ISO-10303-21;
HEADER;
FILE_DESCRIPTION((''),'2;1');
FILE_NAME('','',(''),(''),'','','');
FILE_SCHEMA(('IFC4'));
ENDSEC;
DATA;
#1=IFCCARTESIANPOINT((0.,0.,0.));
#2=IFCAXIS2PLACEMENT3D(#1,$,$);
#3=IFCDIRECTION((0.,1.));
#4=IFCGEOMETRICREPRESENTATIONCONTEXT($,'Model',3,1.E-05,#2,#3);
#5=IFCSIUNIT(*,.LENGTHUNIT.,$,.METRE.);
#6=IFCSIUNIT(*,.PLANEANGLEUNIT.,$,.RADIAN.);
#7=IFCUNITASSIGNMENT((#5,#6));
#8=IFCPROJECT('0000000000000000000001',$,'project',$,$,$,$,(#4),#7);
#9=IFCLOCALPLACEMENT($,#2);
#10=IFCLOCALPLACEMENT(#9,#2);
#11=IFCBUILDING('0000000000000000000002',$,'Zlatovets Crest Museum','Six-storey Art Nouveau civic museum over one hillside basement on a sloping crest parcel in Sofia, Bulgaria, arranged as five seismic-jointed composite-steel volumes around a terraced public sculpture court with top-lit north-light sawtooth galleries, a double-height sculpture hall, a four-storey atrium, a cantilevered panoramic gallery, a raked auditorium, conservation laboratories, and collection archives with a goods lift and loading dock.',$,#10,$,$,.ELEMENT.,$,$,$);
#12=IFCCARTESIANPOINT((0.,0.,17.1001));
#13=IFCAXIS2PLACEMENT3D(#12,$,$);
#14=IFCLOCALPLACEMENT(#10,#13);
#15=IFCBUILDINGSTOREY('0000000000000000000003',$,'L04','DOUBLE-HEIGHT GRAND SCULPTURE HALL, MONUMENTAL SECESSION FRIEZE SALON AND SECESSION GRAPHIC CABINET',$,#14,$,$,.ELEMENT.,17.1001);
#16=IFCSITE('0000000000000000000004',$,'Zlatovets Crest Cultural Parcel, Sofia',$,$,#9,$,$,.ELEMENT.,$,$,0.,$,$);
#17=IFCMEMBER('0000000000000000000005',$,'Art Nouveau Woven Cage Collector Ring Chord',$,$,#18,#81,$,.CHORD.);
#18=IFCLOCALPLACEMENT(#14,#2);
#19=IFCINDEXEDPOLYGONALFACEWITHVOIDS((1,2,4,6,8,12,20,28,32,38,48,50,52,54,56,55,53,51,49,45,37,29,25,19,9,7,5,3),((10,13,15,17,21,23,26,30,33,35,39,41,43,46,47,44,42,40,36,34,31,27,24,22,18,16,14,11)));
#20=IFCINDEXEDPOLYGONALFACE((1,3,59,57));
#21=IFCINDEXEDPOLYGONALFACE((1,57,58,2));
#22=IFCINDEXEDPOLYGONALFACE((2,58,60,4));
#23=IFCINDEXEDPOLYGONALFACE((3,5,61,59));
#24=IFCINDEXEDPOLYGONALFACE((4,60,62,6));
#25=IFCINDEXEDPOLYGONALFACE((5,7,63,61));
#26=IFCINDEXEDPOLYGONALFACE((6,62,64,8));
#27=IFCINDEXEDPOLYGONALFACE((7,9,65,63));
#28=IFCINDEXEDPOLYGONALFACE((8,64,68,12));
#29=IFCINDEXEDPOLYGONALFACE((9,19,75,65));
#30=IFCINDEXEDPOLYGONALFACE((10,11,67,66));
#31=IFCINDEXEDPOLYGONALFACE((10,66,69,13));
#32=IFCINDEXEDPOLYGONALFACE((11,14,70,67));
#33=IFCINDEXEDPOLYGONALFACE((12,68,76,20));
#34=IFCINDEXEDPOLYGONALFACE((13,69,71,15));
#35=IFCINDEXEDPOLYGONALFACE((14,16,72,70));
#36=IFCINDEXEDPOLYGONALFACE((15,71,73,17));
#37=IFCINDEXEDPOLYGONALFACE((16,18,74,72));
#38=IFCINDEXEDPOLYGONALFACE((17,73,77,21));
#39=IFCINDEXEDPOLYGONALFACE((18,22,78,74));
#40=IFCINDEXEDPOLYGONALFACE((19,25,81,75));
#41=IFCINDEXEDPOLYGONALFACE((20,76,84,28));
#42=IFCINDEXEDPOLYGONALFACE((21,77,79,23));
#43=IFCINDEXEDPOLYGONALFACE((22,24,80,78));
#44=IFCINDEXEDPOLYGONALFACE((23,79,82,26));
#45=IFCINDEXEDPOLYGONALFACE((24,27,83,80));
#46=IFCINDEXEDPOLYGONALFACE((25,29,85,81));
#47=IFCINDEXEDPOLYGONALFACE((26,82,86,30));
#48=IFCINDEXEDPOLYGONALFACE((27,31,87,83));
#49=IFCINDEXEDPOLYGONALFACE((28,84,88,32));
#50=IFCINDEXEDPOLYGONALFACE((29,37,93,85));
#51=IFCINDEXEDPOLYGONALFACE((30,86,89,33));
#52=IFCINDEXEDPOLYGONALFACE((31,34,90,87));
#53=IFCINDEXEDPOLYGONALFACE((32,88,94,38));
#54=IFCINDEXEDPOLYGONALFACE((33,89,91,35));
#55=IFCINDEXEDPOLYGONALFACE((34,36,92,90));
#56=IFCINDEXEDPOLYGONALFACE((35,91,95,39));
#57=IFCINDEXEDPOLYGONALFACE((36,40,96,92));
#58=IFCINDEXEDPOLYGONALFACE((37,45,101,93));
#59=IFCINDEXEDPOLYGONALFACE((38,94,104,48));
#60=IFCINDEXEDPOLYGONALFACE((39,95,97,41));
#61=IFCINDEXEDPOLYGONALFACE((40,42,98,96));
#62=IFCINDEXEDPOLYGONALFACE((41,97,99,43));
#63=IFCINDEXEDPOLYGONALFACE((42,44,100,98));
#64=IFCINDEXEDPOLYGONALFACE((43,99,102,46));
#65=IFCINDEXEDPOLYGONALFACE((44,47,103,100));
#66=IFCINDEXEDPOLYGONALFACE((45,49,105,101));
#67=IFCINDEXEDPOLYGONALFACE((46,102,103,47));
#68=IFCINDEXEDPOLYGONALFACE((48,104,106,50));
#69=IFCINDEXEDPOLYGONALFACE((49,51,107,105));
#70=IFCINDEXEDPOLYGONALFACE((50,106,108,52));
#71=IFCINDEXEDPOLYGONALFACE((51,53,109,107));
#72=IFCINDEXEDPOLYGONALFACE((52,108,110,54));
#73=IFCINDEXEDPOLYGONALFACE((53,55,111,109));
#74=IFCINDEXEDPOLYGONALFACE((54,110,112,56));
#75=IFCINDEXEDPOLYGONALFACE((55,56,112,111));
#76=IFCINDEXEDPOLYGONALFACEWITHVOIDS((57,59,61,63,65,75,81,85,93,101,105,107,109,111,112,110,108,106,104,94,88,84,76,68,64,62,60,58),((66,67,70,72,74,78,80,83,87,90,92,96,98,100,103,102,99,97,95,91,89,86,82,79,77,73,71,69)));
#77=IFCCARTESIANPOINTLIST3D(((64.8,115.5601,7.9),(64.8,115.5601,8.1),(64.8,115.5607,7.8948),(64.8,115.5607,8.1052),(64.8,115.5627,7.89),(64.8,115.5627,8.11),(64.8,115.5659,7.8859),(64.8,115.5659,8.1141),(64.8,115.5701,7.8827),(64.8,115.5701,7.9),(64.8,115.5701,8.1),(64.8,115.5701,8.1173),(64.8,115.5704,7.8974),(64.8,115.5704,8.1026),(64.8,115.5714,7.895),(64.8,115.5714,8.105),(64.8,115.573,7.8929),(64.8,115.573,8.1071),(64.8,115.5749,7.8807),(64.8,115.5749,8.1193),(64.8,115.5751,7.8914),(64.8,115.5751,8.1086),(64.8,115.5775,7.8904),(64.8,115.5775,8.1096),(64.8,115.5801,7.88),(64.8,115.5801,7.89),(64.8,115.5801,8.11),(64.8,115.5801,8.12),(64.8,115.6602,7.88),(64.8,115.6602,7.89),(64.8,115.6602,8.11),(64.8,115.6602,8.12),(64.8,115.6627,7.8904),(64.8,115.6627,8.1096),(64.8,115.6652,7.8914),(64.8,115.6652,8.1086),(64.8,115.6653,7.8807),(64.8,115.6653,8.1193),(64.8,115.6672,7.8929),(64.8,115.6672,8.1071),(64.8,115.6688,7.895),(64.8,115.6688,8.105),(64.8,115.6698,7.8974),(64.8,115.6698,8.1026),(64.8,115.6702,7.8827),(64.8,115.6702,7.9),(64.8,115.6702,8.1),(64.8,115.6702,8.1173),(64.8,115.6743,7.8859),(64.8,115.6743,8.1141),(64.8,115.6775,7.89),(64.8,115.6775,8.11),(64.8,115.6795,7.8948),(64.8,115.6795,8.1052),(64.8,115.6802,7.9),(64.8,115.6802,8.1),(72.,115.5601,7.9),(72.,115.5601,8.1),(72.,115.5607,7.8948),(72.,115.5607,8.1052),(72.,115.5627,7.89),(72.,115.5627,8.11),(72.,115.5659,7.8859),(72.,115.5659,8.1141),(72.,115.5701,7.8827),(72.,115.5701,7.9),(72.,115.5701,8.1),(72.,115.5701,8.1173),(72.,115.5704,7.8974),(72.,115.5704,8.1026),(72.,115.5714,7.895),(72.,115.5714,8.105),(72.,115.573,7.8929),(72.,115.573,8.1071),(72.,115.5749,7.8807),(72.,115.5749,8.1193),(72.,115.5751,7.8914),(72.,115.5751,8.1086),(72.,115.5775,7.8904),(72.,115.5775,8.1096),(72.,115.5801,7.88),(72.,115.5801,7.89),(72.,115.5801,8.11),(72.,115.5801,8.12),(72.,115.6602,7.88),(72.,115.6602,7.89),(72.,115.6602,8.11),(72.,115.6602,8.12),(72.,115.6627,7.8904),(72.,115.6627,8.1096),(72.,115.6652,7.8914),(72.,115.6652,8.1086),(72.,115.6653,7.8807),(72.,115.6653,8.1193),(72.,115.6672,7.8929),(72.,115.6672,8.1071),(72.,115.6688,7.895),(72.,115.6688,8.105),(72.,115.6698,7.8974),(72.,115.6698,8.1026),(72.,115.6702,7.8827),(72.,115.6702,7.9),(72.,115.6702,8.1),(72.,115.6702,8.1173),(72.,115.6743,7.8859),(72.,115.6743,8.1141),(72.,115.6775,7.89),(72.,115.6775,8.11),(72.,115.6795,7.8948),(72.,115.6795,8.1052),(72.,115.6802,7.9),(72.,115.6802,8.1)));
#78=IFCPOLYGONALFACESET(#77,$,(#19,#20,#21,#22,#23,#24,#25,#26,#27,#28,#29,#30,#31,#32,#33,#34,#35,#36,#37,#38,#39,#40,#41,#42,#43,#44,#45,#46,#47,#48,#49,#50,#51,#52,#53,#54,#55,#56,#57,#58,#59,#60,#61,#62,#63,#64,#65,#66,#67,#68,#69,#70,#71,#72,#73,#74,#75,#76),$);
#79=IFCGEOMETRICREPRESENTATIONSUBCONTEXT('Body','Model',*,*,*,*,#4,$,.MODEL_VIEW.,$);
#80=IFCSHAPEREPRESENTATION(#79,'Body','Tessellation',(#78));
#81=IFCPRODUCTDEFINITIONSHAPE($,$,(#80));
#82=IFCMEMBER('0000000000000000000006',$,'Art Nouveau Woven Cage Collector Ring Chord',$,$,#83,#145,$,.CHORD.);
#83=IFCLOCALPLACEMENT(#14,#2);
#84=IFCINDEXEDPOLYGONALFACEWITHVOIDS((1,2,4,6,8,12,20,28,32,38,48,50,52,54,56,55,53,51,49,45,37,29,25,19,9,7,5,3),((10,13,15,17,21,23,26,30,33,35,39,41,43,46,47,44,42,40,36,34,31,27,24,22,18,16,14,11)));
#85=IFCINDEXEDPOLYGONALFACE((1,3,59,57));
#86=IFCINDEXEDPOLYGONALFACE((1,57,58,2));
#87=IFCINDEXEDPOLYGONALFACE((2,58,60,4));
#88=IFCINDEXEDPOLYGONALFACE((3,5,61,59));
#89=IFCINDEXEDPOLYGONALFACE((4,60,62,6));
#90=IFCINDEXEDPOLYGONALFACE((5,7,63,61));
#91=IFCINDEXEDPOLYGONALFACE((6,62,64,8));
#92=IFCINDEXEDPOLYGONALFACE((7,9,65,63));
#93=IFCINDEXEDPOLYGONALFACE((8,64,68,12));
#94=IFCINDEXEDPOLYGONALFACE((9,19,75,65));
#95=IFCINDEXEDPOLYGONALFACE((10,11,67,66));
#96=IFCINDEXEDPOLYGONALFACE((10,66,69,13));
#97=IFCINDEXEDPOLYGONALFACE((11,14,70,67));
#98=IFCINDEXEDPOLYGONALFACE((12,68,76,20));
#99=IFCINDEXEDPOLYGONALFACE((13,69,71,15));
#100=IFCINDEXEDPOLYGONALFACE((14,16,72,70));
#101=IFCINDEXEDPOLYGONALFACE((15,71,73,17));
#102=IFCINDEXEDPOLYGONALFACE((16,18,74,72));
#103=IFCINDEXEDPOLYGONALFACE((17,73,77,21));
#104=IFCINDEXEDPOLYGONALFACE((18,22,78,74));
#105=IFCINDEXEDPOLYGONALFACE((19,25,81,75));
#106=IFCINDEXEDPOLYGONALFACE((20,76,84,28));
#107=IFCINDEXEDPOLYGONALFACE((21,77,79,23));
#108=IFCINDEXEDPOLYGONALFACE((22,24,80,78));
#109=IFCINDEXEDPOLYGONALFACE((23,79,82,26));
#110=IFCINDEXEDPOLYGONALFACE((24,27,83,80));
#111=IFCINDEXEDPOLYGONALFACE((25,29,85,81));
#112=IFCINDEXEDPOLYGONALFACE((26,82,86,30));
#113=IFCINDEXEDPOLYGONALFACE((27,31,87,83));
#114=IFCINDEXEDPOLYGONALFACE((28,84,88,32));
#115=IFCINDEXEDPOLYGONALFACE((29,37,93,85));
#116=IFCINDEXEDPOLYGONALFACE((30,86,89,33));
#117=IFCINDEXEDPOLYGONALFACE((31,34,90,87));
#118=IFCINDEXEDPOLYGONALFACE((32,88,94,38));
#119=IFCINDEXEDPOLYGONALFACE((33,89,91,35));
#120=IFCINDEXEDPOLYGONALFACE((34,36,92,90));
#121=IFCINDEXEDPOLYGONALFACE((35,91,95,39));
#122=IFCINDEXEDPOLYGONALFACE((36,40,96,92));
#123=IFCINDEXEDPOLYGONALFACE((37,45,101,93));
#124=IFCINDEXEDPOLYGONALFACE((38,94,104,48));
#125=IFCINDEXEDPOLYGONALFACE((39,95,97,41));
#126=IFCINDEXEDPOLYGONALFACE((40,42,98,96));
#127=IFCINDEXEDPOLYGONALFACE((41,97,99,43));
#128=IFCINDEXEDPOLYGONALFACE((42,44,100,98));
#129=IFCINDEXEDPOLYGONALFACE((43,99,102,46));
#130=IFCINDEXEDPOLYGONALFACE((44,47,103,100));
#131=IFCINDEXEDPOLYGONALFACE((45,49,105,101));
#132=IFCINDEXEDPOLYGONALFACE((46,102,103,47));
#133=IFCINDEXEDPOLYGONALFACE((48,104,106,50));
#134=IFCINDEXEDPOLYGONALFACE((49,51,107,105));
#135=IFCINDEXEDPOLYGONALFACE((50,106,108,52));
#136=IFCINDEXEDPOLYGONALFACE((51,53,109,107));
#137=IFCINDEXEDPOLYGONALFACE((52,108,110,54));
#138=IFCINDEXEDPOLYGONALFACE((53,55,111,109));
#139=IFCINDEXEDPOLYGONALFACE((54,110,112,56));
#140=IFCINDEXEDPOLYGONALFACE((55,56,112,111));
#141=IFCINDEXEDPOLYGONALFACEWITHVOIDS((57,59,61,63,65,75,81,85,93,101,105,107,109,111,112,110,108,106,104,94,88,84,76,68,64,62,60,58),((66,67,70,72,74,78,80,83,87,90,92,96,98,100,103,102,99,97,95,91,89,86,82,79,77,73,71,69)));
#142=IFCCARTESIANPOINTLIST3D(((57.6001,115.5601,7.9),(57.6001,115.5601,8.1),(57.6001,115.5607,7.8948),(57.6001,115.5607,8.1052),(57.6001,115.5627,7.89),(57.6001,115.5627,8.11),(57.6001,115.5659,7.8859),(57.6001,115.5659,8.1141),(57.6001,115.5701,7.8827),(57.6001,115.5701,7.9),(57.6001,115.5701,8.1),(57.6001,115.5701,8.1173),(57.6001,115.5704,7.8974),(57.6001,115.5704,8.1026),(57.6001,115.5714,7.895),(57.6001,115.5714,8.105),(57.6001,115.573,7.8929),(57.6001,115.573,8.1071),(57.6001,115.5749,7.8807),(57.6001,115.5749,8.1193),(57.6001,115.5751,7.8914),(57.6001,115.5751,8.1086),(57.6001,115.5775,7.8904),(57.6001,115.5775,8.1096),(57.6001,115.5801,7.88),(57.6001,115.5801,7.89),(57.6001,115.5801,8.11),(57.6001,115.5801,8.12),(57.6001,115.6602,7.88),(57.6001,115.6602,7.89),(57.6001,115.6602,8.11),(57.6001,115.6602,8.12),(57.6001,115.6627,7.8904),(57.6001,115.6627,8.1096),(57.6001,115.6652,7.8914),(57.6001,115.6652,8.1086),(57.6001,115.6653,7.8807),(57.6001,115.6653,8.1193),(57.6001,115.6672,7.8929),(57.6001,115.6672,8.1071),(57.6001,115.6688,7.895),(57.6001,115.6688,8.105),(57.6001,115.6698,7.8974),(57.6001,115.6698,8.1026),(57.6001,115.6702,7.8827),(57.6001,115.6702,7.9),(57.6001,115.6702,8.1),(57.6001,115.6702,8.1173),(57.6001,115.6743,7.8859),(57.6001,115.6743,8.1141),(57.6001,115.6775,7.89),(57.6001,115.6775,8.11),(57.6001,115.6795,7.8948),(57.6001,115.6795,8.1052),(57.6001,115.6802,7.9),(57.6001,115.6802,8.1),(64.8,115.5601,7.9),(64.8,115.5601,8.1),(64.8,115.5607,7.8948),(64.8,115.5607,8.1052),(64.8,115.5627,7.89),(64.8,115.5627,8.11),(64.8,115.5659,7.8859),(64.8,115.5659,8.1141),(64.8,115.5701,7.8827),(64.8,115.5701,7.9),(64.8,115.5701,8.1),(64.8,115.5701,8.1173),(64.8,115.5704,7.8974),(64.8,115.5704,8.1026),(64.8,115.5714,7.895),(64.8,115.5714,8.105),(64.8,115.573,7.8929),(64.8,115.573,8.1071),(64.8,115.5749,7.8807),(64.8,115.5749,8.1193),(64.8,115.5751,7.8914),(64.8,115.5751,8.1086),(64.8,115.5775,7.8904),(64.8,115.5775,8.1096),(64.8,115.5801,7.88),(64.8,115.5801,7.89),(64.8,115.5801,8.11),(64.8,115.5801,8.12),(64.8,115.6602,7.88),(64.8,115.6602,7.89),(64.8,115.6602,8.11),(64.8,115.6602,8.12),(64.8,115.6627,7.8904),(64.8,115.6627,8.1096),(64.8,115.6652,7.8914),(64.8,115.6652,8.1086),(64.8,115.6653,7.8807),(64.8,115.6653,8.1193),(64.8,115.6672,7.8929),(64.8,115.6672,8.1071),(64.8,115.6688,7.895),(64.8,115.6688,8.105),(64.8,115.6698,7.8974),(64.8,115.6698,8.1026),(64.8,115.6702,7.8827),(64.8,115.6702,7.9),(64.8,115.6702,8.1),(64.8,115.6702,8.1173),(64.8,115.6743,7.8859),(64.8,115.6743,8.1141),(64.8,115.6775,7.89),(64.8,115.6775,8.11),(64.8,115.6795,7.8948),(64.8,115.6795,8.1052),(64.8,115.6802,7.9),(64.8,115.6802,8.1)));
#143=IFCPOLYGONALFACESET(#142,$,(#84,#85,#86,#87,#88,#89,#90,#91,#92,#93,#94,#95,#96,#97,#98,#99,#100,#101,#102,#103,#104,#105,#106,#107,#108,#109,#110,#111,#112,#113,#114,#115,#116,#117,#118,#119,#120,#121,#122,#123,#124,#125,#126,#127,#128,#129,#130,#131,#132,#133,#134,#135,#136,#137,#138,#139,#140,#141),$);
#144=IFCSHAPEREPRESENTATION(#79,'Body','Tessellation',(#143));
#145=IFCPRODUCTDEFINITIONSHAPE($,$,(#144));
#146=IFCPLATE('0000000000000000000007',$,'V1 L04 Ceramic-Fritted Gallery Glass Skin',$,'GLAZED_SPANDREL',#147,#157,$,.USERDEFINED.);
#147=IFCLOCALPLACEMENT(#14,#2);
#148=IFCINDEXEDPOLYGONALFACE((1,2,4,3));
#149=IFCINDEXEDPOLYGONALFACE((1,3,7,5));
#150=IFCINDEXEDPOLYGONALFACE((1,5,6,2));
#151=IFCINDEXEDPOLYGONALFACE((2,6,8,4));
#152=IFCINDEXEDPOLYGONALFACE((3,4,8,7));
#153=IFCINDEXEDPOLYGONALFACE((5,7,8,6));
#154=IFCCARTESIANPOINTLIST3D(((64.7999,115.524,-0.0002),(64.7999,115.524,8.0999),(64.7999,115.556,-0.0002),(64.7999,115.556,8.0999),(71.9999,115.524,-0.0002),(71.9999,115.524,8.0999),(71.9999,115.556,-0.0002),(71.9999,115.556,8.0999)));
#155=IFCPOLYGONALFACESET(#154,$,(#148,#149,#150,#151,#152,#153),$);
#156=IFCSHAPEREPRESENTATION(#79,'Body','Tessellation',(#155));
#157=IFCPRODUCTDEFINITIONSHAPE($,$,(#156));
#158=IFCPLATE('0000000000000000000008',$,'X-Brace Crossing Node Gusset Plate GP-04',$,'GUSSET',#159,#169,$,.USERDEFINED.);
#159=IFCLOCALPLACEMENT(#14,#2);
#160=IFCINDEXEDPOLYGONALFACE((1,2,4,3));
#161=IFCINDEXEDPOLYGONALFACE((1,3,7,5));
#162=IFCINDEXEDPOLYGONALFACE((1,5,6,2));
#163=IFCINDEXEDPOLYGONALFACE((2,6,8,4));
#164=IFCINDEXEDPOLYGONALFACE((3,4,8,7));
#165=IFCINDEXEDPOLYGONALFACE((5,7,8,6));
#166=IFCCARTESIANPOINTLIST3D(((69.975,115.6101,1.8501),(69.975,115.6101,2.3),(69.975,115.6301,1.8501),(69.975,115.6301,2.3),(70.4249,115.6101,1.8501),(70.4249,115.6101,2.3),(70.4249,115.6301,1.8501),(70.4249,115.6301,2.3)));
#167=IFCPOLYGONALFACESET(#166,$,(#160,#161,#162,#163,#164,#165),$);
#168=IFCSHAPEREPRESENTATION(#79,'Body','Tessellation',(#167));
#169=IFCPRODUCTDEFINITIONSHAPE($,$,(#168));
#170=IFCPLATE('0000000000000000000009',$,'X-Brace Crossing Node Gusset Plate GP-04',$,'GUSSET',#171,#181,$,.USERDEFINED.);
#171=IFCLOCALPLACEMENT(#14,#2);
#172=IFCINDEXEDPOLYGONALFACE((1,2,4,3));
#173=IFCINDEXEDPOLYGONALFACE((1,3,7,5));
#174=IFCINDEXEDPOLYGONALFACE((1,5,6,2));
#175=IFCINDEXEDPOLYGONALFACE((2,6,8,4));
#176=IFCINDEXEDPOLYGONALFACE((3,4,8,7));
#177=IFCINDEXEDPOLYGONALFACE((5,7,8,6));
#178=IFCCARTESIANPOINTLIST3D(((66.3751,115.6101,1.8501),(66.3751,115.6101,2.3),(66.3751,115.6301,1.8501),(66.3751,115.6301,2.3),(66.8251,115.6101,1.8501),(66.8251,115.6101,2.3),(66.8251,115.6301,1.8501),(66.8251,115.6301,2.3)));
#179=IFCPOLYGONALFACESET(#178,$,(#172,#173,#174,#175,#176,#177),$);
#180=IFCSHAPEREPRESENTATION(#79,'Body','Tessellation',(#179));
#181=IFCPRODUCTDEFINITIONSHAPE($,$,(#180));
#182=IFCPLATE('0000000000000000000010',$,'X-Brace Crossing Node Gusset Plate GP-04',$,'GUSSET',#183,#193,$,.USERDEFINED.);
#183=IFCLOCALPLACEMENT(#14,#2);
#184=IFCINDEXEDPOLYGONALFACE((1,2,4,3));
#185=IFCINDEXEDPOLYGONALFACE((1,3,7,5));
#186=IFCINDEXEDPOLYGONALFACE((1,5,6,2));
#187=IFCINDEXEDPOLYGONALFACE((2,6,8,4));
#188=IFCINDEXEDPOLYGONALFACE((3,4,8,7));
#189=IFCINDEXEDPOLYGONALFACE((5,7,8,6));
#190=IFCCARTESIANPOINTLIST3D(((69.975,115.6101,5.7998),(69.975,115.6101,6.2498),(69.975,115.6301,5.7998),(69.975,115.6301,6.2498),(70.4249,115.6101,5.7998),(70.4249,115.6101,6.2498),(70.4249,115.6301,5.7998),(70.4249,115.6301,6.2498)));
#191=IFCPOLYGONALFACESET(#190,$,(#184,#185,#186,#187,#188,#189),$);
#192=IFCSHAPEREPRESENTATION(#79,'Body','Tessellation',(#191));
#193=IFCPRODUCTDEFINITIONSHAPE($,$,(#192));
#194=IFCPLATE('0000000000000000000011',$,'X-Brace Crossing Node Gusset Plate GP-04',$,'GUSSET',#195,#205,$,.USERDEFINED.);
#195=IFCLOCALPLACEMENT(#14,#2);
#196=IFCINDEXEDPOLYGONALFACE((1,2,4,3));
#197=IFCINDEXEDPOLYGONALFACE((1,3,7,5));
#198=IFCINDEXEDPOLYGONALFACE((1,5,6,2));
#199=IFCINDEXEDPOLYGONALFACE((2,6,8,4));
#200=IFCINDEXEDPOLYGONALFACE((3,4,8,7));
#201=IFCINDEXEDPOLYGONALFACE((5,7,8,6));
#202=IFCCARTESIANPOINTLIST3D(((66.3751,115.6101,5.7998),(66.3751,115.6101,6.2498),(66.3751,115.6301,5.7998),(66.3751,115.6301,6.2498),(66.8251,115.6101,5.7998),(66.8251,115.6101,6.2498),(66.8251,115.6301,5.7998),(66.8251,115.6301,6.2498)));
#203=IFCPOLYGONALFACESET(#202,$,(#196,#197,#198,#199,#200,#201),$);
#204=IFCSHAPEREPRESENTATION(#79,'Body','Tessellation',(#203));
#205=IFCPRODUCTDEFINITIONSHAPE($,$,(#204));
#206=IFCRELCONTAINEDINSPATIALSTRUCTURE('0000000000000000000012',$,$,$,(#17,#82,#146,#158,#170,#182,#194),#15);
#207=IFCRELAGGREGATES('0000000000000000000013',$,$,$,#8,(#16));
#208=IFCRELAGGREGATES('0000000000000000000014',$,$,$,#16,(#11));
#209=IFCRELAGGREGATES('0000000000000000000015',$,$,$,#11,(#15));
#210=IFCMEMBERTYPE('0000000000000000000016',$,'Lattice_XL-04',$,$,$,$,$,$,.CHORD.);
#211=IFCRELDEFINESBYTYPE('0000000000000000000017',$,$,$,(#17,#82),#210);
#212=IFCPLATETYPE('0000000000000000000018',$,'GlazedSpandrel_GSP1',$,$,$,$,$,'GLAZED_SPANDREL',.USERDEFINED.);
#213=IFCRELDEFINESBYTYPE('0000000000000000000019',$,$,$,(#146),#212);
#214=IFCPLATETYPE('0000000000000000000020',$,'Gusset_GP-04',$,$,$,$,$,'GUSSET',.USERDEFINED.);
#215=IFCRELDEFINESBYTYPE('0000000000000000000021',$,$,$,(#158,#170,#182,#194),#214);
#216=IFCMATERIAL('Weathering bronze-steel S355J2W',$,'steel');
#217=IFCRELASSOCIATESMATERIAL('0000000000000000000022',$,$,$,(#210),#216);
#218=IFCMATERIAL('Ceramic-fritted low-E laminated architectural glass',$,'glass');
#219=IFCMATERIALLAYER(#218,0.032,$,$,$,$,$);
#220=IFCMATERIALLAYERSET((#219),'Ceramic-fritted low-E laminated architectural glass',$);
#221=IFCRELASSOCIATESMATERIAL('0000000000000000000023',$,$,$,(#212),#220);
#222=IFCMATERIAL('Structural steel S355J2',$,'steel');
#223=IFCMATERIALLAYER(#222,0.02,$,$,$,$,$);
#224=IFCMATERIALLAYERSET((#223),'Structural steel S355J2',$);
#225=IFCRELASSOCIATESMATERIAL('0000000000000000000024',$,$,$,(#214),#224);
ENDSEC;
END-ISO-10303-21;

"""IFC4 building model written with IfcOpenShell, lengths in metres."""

from ifc_helpers import new_model, si_unit, direction, frame, origin, origin_2d, place, context, subcontext, project, spatial, rectangle, hollow_rectangle, extrude, material, layer, layer_set, material_profile, profile_set, type_object, element, save


model = new_model("IFC4")

# Units and contexts
model_context = context("Model", 3, precision=1e-05, world=origin(), true_north=direction((0.0, 1.0)))
body_context = subcontext(model_context, "Body", "Model", "MODEL_VIEW")
ifc_project = project(units=[si_unit("LENGTHUNIT", "METRE"), si_unit("PLANEANGLEUNIT", "RADIAN")], contexts=[model_context])

# Site, building, storey
site_placement = place(None, origin())
site = spatial("IfcSite", under=ifc_project, at=site_placement, Name="Zlatovets Crest Cultural Parcel, Sofia", CompositionType="ELEMENT", RefElevation=0.0)
building_placement = place(site_placement, origin())
building = spatial("IfcBuilding", under=site, at=building_placement, Name="Zlatovets Crest Museum", Description="Six-storey Art Nouveau civic museum over one hillside basement on a sloping crest parcel in Sofia, Bulgaria, arranged as five seismic-jointed composite-steel volumes around a terraced public sculpture court with top-lit north-light sawtooth galleries, a double-height sculpture hall, a four-storey atrium, a cantilevered panoramic gallery, a raked auditorium, conservation laboratories, and collection archives with a goods lift and loading dock.", CompositionType="ELEMENT")
storey_placement = place(building_placement, frame((0.0, 0.0, 17.1001)))
storey = spatial("IfcBuildingStorey", under=building, at=storey_placement, Name="L04", Description="DOUBLE-HEIGHT GRAND SCULPTURE HALL, MONUMENTAL SECESSION FRIEZE SALON AND SECESSION GRAPHIC CABINET", CompositionType="ELEMENT", Elevation=17.1001)

# Shared definitions
ifc_material_1 = material(Name="Structural steel S355J2", Category="steel")

# Members
ifc_material_2 = material(Name="Weathering bronze-steel S355J2W", Category="steel")
ifc_material_profile_1 = material_profile(ifc_material_2, hollow_rectangle(XDim=0.1201, YDim=0.24, WallThickness=0.01, InnerFilletRadius=0.01, OuterFilletRadius=0.02, at=origin_2d()), Name="RHS 120x240x10.0")
ifc_profile_set_1 = profile_set([ifc_material_profile_1], Name="Weathering bronze-steel S355J2W")
member_type_1 = type_object("IfcMemberType", Name="Lattice_XL-04", PredefinedType="CHORD", material=ifc_profile_set_1)
for number, where, z_axis, x_axis, name in (
    (1, (72.0, 115.6201, 8.0), (-1.0, 0.0, 0.0), (0.0, -1.0, 0.0), "Art Nouveau Woven Cage Collector Ring Chord"),
    (2, (64.8, 115.6201, 8.0), (-1.0, 0.0, 0.0), (0.0, -1.0, 0.0), "Art Nouveau Woven Cage Collector Ring Chord"),
):
    element("IfcMember", number, at=place(storey_placement, frame(where, z_axis=z_axis, x_axis=x_axis)), inside=storey, type_object=member_type_1, Name=name, PredefinedType="CHORD", context=body_context, shape_type="SweptSolid", body=[
        extrude(hollow_rectangle(XDim=0.1201, YDim=0.24, WallThickness=0.01, InnerFilletRadius=0.01, OuterFilletRadius=0.02, at=origin_2d()), origin(), (0.0, 0.0, 1.0), 7.2),
    ])

# Plates
ifc_material_3 = material(Name="Ceramic-fritted low-E laminated architectural glass", Category="glass")
ifc_layer_1 = layer(ifc_material_3, 0.032)
ifc_layer_set_1 = layer_set([ifc_layer_1], Name="Ceramic-fritted low-E laminated architectural glass")
plate_type_1 = type_object("IfcPlateType", Name="GlazedSpandrel_GSP1", ElementType="GLAZED_SPANDREL", PredefinedType="USERDEFINED", material=ifc_layer_set_1)
plate_placement = place(storey_placement, frame((68.3999, 115.54, -0.0002), z_axis=(0.0, 0.0, 1.0), x_axis=(1.0, 0.0, 0.0)))
element("IfcPlate", 3, at=plate_placement, inside=storey, type_object=plate_type_1, Name="V1 L04 Ceramic-Fritted Gallery Glass Skin", ObjectType="GLAZED_SPANDREL", PredefinedType="USERDEFINED", context=body_context, shape_type="SweptSolid", body=[
    extrude(rectangle(XDim=7.2, YDim=0.032, at=origin_2d()), origin(), (0.0, 0.0, 1.0), 8.1001),
])
ifc_layer_2 = layer(ifc_material_1, 0.02)
ifc_layer_set_2 = layer_set([ifc_layer_2], Name="Structural steel S355J2")
plate_type_2 = type_object("IfcPlateType", Name="Gusset_GP-04", ElementType="GUSSET", PredefinedType="USERDEFINED", material=ifc_layer_set_2)
for number, where, z_axis, x_axis, name in (
    (4, (70.2, 115.6201, 1.8501), (0.0, 0.0, 1.0), (1.0, 0.0, 0.0), "X-Brace Crossing Node Gusset Plate GP-04"),
    (5, (66.6001, 115.6201, 1.8501), (0.0, 0.0, 1.0), (1.0, 0.0, 0.0), "X-Brace Crossing Node Gusset Plate GP-04"),
    (6, (70.2, 115.6201, 5.7998), (0.0, 0.0, 1.0), (1.0, 0.0, 0.0), "X-Brace Crossing Node Gusset Plate GP-04"),
    (7, (66.6001, 115.6201, 5.7998), (0.0, 0.0, 1.0), (1.0, 0.0, 0.0), "X-Brace Crossing Node Gusset Plate GP-04"),
):
    element("IfcPlate", number, at=place(storey_placement, frame(where, z_axis=z_axis, x_axis=x_axis)), inside=storey, type_object=plate_type_2, Name=name, ObjectType="GUSSET", PredefinedType="USERDEFINED", context=body_context, shape_type="SweptSolid", body=[
        extrude(rectangle(XDim=0.45, YDim=0.02, at=origin_2d()), origin(), (0.0, 0.0, 1.0), 0.45),
    ])

save(model, "model.ifc")
